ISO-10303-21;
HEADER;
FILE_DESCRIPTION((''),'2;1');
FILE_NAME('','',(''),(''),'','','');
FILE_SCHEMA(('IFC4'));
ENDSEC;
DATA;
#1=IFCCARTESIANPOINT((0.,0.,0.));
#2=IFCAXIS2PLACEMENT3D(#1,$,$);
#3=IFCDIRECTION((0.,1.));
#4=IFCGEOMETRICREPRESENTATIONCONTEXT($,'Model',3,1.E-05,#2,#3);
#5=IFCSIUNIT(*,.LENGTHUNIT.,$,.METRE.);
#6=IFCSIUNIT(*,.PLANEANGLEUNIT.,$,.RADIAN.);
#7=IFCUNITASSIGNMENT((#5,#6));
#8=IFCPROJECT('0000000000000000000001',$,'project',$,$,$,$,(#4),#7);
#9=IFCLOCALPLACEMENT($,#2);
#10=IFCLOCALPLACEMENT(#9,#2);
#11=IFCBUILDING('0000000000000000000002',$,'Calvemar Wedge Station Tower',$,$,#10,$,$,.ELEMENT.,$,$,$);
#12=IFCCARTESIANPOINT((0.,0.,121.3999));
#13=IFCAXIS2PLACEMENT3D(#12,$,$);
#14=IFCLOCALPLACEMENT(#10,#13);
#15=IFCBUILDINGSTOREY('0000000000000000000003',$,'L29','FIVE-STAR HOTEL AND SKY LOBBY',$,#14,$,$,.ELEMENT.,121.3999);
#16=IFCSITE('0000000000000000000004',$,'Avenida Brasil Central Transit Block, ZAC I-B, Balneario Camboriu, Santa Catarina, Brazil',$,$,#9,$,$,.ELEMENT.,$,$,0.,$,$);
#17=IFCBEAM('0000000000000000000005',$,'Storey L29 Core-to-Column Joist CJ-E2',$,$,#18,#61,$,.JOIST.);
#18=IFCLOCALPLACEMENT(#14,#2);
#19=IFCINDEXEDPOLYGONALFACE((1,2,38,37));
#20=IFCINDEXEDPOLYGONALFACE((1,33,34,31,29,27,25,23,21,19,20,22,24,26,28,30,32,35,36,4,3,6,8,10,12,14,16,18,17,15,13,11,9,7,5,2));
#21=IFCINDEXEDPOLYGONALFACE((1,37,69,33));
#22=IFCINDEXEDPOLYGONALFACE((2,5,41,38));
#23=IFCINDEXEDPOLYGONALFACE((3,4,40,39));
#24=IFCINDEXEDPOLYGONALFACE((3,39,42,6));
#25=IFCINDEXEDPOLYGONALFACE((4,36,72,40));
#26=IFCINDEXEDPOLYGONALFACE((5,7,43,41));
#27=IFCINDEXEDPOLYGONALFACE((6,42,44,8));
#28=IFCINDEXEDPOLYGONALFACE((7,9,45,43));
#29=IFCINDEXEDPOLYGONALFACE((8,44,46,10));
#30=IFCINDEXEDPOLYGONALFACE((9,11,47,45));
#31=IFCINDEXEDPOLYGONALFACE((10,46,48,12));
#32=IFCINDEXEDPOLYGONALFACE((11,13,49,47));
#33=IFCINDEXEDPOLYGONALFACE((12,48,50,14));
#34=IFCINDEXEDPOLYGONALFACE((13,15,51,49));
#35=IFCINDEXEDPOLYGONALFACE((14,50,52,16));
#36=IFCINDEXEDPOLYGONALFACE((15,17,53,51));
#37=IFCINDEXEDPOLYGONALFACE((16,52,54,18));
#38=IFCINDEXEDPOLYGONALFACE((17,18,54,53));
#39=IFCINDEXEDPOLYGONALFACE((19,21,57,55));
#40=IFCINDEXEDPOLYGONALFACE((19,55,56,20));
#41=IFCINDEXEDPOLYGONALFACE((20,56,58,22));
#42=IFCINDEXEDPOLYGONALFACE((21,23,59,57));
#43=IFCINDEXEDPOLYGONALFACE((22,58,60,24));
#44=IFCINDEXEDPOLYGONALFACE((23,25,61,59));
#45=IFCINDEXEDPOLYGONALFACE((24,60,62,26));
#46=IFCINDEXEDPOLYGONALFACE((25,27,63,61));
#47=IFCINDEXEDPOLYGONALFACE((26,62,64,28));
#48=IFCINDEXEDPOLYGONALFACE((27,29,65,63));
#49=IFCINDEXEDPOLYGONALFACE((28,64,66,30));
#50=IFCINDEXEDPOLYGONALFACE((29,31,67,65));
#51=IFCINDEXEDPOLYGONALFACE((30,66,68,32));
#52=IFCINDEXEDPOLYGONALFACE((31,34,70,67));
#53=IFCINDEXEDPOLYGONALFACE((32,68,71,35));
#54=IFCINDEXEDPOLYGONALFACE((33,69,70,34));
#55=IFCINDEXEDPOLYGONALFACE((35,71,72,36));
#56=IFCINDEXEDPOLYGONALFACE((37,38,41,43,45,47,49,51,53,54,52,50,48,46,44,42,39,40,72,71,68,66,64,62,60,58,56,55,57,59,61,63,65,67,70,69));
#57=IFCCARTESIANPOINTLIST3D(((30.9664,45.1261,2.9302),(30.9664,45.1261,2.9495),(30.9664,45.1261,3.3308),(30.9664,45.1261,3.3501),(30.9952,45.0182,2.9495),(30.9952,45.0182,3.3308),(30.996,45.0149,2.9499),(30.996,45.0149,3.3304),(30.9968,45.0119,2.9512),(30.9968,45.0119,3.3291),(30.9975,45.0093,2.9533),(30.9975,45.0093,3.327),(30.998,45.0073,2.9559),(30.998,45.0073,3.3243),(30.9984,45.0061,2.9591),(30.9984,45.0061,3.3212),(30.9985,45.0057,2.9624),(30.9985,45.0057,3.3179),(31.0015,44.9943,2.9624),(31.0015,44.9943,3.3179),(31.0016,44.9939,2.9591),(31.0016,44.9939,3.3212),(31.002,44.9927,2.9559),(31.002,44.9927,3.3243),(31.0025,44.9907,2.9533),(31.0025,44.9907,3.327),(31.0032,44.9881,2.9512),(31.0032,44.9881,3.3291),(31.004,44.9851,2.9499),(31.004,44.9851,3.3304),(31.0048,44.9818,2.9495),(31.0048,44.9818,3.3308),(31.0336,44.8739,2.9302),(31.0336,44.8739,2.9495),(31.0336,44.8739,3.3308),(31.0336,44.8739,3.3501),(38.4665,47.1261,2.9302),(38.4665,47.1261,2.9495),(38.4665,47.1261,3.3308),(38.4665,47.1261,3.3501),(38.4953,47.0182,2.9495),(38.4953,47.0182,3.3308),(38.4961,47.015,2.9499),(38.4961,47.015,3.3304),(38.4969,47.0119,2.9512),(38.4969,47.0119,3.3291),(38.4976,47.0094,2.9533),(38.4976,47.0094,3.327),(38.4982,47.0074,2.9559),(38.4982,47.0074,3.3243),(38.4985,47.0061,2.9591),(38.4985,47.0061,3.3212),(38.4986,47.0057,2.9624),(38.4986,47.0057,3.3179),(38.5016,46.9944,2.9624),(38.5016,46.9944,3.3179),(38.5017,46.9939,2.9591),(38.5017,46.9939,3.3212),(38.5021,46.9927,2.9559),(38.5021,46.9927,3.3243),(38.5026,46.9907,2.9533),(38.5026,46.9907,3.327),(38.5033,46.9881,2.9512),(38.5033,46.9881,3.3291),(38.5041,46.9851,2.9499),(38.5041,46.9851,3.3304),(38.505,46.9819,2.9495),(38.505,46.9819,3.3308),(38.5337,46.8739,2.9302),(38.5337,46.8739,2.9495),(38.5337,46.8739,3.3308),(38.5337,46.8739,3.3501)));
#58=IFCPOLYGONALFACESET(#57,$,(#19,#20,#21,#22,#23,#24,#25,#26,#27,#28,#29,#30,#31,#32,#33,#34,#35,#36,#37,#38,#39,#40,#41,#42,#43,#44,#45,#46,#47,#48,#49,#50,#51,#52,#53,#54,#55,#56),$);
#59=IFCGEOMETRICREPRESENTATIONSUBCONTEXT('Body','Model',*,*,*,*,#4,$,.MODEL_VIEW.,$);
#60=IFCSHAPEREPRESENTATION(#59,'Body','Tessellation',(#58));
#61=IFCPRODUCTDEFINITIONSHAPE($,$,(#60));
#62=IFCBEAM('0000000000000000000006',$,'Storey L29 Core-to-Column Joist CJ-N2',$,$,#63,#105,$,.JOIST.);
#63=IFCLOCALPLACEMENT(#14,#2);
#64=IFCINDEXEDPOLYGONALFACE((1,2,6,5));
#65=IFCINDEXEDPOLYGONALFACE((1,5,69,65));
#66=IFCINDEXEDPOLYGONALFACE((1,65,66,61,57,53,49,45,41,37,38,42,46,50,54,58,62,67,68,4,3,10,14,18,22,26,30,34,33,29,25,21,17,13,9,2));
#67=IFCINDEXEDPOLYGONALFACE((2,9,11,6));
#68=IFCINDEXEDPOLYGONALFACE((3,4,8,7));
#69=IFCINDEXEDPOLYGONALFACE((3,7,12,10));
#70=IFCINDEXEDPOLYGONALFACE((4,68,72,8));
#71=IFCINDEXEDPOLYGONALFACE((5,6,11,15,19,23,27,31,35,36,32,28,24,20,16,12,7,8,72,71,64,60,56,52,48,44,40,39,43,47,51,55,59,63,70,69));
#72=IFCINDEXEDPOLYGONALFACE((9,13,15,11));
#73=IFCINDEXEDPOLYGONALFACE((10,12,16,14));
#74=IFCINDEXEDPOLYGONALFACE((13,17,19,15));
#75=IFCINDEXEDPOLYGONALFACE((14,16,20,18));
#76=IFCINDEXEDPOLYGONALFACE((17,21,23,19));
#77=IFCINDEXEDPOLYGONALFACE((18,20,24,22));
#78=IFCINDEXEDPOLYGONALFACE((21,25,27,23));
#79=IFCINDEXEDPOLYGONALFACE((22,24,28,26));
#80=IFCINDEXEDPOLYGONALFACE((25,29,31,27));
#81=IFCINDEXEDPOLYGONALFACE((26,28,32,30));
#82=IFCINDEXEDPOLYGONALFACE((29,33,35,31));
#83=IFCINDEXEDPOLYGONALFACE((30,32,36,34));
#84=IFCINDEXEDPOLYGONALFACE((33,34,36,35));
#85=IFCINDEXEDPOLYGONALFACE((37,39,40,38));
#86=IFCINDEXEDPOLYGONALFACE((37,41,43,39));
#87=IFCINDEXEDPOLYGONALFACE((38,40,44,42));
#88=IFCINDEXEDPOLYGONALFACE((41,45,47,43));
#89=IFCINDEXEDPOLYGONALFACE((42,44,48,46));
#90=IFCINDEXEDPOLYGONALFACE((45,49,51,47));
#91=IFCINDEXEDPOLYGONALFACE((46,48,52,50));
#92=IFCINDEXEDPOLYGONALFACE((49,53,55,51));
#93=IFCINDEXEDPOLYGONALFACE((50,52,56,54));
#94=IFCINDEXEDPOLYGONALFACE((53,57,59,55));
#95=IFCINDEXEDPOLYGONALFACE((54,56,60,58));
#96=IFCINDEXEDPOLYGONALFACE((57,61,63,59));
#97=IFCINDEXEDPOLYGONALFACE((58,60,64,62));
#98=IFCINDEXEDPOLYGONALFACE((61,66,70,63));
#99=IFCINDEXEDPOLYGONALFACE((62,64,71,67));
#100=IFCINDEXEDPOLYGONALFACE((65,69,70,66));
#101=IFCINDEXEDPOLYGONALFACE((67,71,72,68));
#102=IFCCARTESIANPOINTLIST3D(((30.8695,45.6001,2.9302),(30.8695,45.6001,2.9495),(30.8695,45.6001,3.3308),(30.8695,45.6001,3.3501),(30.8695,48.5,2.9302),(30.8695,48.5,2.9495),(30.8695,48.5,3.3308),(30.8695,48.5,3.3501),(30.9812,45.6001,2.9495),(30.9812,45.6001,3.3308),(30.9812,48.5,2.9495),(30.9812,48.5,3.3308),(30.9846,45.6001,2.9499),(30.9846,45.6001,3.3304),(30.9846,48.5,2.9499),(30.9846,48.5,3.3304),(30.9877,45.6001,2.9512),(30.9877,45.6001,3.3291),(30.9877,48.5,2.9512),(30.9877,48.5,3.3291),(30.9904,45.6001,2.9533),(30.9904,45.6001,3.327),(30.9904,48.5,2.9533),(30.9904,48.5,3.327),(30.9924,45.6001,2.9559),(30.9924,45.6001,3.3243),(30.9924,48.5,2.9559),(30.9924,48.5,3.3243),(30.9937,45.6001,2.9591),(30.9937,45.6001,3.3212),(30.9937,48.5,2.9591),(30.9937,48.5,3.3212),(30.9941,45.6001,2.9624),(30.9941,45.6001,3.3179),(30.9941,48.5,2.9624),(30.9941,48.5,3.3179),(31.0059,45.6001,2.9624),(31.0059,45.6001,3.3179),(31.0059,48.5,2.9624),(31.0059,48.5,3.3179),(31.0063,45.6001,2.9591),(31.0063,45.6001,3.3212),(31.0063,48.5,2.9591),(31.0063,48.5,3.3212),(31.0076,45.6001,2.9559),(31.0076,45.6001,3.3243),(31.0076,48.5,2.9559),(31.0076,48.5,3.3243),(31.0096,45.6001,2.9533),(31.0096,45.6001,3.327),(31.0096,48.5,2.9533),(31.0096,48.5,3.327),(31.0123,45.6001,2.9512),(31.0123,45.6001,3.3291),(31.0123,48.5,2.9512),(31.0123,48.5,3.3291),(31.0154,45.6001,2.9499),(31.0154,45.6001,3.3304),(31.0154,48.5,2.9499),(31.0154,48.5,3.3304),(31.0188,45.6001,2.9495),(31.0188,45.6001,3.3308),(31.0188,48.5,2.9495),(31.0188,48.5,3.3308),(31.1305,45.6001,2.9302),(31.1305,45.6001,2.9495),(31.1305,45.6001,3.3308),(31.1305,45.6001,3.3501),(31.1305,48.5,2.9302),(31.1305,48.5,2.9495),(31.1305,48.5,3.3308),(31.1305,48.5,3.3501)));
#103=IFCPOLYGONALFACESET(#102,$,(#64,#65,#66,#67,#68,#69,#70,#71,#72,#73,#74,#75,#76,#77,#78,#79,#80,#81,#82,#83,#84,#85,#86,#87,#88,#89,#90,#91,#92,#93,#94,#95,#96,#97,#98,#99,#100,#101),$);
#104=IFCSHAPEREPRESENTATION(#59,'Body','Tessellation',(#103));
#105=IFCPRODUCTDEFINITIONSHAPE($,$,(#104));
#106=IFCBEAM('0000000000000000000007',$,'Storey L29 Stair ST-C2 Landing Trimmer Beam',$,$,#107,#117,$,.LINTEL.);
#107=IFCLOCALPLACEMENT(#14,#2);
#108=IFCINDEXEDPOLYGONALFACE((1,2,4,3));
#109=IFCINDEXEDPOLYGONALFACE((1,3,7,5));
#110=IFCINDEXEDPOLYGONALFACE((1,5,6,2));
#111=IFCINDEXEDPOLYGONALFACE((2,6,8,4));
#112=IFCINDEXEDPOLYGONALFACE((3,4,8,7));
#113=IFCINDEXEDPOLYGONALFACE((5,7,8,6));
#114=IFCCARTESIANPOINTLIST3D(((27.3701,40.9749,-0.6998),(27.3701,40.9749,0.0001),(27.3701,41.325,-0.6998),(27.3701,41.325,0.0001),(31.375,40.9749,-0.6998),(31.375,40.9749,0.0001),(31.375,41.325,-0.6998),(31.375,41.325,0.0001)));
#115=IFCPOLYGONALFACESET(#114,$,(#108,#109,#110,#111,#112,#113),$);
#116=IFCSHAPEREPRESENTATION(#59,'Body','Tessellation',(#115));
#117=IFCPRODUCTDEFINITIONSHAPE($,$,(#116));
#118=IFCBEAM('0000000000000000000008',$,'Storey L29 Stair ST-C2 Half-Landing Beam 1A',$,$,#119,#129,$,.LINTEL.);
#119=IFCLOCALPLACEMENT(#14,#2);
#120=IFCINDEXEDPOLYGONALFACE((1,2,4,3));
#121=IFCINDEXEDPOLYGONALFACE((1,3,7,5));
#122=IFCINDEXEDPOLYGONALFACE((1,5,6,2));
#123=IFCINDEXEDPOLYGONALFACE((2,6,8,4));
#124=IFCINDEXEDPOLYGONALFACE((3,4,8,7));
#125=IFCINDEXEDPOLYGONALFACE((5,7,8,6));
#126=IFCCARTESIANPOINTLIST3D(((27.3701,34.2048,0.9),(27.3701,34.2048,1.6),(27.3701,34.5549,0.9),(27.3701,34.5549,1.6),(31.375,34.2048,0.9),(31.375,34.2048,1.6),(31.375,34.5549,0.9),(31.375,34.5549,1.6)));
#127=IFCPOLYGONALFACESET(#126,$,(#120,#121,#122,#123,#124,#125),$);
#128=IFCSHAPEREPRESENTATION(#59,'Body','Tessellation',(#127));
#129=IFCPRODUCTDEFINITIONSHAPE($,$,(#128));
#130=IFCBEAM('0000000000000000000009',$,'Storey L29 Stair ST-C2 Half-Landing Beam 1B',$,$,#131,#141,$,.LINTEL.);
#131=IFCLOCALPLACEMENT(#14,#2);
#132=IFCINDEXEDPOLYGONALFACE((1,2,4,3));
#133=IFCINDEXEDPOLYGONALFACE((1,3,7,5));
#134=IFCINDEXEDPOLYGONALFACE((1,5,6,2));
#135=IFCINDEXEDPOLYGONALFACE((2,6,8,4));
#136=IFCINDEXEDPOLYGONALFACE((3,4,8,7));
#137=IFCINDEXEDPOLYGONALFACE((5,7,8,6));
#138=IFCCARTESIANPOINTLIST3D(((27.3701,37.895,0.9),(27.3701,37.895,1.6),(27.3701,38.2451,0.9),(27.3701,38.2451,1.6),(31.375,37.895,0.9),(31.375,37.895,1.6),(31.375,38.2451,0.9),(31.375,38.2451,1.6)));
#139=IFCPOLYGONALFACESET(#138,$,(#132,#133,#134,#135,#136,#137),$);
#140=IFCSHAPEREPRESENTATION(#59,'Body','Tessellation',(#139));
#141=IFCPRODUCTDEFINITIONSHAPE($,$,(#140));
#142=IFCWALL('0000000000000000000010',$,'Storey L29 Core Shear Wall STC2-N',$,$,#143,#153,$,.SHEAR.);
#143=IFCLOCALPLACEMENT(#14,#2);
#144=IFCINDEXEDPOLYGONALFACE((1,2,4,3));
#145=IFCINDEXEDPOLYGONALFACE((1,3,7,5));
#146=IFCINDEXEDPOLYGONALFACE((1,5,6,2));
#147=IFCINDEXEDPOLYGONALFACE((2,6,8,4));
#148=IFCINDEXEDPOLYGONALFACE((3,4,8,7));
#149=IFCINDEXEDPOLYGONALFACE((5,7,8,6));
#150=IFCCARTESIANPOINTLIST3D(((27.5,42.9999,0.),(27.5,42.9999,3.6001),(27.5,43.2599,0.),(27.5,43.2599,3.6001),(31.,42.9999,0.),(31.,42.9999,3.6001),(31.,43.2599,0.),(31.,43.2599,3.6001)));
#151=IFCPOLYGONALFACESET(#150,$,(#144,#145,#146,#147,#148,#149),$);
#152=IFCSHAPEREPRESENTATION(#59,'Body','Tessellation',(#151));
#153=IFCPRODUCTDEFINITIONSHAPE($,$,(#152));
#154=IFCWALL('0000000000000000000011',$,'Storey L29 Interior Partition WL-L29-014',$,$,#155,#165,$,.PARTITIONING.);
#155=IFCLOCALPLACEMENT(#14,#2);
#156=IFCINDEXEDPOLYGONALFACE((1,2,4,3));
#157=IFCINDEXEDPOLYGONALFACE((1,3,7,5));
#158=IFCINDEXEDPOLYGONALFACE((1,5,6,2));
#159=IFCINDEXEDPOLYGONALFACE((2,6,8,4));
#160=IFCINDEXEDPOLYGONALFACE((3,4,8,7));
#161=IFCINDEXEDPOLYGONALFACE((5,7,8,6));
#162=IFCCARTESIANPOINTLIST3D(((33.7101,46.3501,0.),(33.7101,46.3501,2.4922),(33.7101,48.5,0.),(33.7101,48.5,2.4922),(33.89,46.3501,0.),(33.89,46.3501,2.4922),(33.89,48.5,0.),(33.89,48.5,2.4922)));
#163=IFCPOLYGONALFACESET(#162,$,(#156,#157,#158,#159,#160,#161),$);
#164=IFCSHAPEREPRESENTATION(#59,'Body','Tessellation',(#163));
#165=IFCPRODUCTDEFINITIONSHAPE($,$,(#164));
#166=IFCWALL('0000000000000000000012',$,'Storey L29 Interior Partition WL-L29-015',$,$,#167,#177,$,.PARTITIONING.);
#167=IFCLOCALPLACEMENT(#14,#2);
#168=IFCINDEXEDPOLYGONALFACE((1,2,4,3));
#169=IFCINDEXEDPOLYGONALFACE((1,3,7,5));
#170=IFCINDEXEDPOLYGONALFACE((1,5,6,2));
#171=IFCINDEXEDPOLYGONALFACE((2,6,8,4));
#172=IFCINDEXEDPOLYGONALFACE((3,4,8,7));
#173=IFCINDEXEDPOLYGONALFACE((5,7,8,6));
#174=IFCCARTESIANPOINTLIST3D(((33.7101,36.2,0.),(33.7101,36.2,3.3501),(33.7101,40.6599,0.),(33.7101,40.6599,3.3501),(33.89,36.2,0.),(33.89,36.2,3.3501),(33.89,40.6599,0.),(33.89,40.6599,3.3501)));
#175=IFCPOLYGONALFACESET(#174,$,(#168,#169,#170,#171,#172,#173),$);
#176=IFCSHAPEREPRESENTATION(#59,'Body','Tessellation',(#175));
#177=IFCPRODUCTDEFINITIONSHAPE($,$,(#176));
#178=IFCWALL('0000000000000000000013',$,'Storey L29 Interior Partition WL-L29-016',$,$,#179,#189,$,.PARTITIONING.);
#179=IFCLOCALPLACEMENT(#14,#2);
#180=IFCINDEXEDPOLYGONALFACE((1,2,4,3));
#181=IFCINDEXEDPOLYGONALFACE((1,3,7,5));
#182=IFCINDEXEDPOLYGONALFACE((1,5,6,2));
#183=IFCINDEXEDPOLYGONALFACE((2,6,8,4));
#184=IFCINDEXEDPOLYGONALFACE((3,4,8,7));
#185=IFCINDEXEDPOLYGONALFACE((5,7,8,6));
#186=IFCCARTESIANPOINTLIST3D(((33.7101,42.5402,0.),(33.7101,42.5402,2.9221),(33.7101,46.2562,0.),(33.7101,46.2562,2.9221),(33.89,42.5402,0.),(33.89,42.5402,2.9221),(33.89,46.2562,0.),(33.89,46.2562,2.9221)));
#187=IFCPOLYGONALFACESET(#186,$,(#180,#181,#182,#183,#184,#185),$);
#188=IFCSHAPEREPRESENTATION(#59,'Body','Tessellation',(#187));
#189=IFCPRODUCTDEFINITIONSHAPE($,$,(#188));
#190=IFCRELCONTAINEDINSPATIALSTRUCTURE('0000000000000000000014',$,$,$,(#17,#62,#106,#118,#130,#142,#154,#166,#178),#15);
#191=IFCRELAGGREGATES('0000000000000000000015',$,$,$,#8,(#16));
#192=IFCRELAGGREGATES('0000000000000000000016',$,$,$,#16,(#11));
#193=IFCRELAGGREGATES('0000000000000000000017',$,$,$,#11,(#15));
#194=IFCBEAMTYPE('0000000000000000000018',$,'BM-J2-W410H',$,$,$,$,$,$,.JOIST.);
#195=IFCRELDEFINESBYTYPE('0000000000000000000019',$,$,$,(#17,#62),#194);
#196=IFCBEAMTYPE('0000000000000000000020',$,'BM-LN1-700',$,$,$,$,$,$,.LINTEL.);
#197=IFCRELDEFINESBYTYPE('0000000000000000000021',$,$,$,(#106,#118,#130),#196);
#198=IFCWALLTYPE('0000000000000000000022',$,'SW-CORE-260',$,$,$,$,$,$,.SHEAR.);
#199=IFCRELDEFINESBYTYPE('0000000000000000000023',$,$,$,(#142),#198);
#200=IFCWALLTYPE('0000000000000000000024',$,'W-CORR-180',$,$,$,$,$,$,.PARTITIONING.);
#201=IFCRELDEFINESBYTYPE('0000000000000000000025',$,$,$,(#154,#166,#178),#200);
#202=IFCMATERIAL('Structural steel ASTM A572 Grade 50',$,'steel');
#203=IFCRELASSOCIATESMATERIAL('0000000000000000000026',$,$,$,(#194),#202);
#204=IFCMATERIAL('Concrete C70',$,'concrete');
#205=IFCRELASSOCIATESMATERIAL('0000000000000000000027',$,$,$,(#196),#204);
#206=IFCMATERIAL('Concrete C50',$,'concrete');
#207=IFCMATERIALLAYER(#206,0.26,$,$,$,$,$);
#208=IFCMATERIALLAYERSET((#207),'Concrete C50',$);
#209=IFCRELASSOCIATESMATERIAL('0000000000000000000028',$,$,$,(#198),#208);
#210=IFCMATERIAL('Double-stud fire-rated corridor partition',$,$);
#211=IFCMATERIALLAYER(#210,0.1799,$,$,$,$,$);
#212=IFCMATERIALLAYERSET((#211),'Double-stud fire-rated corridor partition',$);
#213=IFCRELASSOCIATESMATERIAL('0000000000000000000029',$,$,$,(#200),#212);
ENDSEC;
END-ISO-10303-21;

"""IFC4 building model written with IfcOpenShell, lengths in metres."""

from ifc_helpers import new_model, si_unit, direction, frame, frame_2d, origin, origin_2d, place, context, subcontext, project, spatial, rectangle, i_section, extrude, source, transform, mapped, material, layer, layer_set, material_profile, profile_set, type_object, element, save


model = new_model("IFC4")

# Units and contexts
model_context = context("Model", 3, precision=1e-05, world=origin(), true_north=direction((0.0, 1.0)))
body_context = subcontext(model_context, "Body", "Model", "MODEL_VIEW")
ifc_project = project(units=[si_unit("LENGTHUNIT", "METRE"), si_unit("PLANEANGLEUNIT", "RADIAN")], contexts=[model_context])

# Site, building, storey
site_placement = place(None, origin())
site = spatial("IfcSite", under=ifc_project, at=site_placement, Name="Avenida Brasil Central Transit Block, ZAC I-B, Balneario Camboriu, Santa Catarina, Brazil", CompositionType="ELEMENT", RefElevation=0.0)
building_placement = place(site_placement, origin())
building = spatial("IfcBuilding", under=site, at=building_placement, Name="Calvemar Wedge Station Tower", CompositionType="ELEMENT")
storey_placement = place(building_placement, frame((0.0, 0.0, 121.3999)))
storey = spatial("IfcBuildingStorey", under=building, at=storey_placement, Name="L29", Description="FIVE-STAR HOTEL AND SKY LOBBY", CompositionType="ELEMENT", Elevation=121.3999)

# Shared definitions
ifc_material_1 = material(Name="Concrete C50", Category="concrete")

# Beams
ifc_material_2 = material(Name="Structural steel ASTM A572 Grade 50", Category="steel")
ifc_material_profile_1 = material_profile(ifc_material_2, i_section(OverallWidth=0.261, OverallDepth=0.4199, WebThickness=0.0117, FlangeThickness=0.0193, FilletRadius=0.0129, at=origin_2d()), Name="W410x114")
ifc_profile_set_1 = profile_set([ifc_material_profile_1], Name="Structural steel ASTM A572 Grade 50")
beam_type_1 = type_object("IfcBeamType", Name="BM-J2-W410H", PredefinedType="JOIST", material=ifc_profile_set_1)
shared_shape_1 = source(origin(), body_context, "Body", "SweptSolid", [
    extrude(i_section(OverallWidth=0.261, OverallDepth=0.4199, WebThickness=0.0117, FlangeThickness=0.0193, FilletRadius=0.0129, at=origin_2d()), origin(), (0.0, 0.0, 1.0), 7.7622),
])
beam_1_placement = place(storey_placement, frame((31.0, 45.0, 3.1401), z_axis=(0.966235, 0.257663, 0.0), x_axis=(-0.257663, 0.966235, 0.0)))
element("IfcBeam", 1, at=beam_1_placement, inside=storey, type_object=beam_type_1, Name="Storey L29 Core-to-Column Joist CJ-E2", PredefinedType="JOIST", context=body_context, shape_type="MappedRepresentation", body=[
    mapped(shared_shape_1, transform((0.0, 0.0, 0.0), scale=1.0)),
])
shared_shape_2 = source(origin(), body_context, "Body", "SweptSolid", [
    extrude(i_section(OverallWidth=0.261, OverallDepth=0.4199, WebThickness=0.0117, FlangeThickness=0.0193, FilletRadius=0.0129, at=origin_2d()), origin(), (0.0, 0.0, 1.0), 2.8999),
])
beam_2_placement = place(storey_placement, frame((31.0, 45.6001, 3.1401), z_axis=(0.0, 1.0, 0.0), x_axis=(-1.0, 0.0, 0.0)))
element("IfcBeam", 2, at=beam_2_placement, inside=storey, type_object=beam_type_1, Name="Storey L29 Core-to-Column Joist CJ-N2", PredefinedType="JOIST", context=body_context, shape_type="MappedRepresentation", body=[
    mapped(shared_shape_2, transform((0.0, 0.0, 0.0), scale=1.0)),
])
ifc_material_3 = material(Name="Concrete C70", Category="concrete")
ifc_material_profile_2 = material_profile(ifc_material_3, rectangle(XDim=0.3501, YDim=0.7, at=origin_2d()), Name="RC350x700")
ifc_profile_set_2 = profile_set([ifc_material_profile_2], Name="Concrete C70")
beam_type_2 = type_object("IfcBeamType", Name="BM-LN1-700", PredefinedType="LINTEL", material=ifc_profile_set_2)
shared_shape_3 = source(origin(), body_context, "Body", "SweptSolid", [
    extrude(rectangle(XDim=0.3501, YDim=0.7, at=origin_2d()), origin(), (0.0, 0.0, 1.0), 4.0049),
])
for number, where, z_axis, x_axis, name in (
    (3, (27.3701, 41.1499, -0.3499), (1.0, 0.0, 0.0), (0.0, 1.0, 0.0), "Storey L29 Stair ST-C2 Landing Trimmer Beam"),
    (4, (27.3701, 34.3799, 1.25), (1.0, 0.0, 0.0), (0.0, 1.0, 0.0), "Storey L29 Stair ST-C2 Half-Landing Beam 1A"),
    (5, (27.3701, 38.0701, 1.25), (1.0, 0.0, 0.0), (0.0, 1.0, 0.0), "Storey L29 Stair ST-C2 Half-Landing Beam 1B"),
):
    element("IfcBeam", number, at=place(storey_placement, frame(where, z_axis=z_axis, x_axis=x_axis)), inside=storey, type_object=beam_type_2, Name=name, PredefinedType="LINTEL", context=body_context, shape_type="MappedRepresentation", body=[
        mapped(shared_shape_3, transform((0.0, 0.0, 0.0), scale=1.0)),
    ])

# Walls
ifc_layer_1 = layer(ifc_material_1, 0.26)
ifc_layer_set_1 = layer_set([ifc_layer_1], Name="Concrete C50")
wall_type_1 = type_object("IfcWallType", Name="SW-CORE-260", PredefinedType="SHEAR", material=ifc_layer_set_1)
wall_1_placement = place(storey_placement, frame((27.5, 43.1299, 0.0), z_axis=(0.0, 0.0, 1.0), x_axis=(1.0, 0.0, 0.0)))
element("IfcWall", 6, at=wall_1_placement, inside=storey, type_object=wall_type_1, Name="Storey L29 Core Shear Wall STC2-N", PredefinedType="SHEAR", context=body_context, shape_type="SweptSolid", body=[
    extrude(rectangle(XDim=3.5, YDim=0.26, at=frame_2d((1.75, 0.0))), origin(), (0.0, 0.0, 1.0), 3.6001),
])
ifc_material_4 = material(Name="Double-stud fire-rated corridor partition")
ifc_layer_2 = layer(ifc_material_4, 0.1799)
ifc_layer_set_2 = layer_set([ifc_layer_2], Name="Double-stud fire-rated corridor partition")
wall_type_2 = type_object("IfcWallType", Name="W-CORR-180", PredefinedType="PARTITIONING", material=ifc_layer_set_2)
wall_2_placement = place(storey_placement, frame((33.8, 48.5, 0.0), z_axis=(0.0, 0.0, 1.0), x_axis=(0.0, -1.0, 0.0)))
element("IfcWall", 7, at=wall_2_placement, inside=storey, type_object=wall_type_2, Name="Storey L29 Interior Partition WL-L29-014", PredefinedType="PARTITIONING", context=body_context, shape_type="SweptSolid", body=[
    extrude(rectangle(XDim=2.1499, YDim=0.1799, at=frame_2d((1.075, 0.0))), origin(), (0.0, 0.0, 1.0), 2.4922),
])
wall_3_placement = place(storey_placement, frame((33.8, 40.6599, 0.0), z_axis=(0.0, 0.0, 1.0), x_axis=(0.0, -1.0, 0.0)))
element("IfcWall", 8, at=wall_3_placement, inside=storey, type_object=wall_type_2, Name="Storey L29 Interior Partition WL-L29-015", PredefinedType="PARTITIONING", context=body_context, shape_type="SweptSolid", body=[
    extrude(rectangle(XDim=4.46, YDim=0.1799, at=frame_2d((2.23, 0.0))), origin(), (0.0, 0.0, 1.0), 3.3501),
])
wall_4_placement = place(storey_placement, frame((33.8, 46.2561, 0.0), z_axis=(0.0, 0.0, 1.0), x_axis=(0.0, -1.0, 0.0)))
element("IfcWall", 9, at=wall_4_placement, inside=storey, type_object=wall_type_2, Name="Storey L29 Interior Partition WL-L29-016", PredefinedType="PARTITIONING", context=body_context, shape_type="SweptSolid", body=[
    extrude(rectangle(XDim=3.7161, YDim=0.1799, at=frame_2d((1.8579, 0.0))), origin(), (0.0, 0.0, 1.0), 2.9221),
])

save(model, "model.ifc")
